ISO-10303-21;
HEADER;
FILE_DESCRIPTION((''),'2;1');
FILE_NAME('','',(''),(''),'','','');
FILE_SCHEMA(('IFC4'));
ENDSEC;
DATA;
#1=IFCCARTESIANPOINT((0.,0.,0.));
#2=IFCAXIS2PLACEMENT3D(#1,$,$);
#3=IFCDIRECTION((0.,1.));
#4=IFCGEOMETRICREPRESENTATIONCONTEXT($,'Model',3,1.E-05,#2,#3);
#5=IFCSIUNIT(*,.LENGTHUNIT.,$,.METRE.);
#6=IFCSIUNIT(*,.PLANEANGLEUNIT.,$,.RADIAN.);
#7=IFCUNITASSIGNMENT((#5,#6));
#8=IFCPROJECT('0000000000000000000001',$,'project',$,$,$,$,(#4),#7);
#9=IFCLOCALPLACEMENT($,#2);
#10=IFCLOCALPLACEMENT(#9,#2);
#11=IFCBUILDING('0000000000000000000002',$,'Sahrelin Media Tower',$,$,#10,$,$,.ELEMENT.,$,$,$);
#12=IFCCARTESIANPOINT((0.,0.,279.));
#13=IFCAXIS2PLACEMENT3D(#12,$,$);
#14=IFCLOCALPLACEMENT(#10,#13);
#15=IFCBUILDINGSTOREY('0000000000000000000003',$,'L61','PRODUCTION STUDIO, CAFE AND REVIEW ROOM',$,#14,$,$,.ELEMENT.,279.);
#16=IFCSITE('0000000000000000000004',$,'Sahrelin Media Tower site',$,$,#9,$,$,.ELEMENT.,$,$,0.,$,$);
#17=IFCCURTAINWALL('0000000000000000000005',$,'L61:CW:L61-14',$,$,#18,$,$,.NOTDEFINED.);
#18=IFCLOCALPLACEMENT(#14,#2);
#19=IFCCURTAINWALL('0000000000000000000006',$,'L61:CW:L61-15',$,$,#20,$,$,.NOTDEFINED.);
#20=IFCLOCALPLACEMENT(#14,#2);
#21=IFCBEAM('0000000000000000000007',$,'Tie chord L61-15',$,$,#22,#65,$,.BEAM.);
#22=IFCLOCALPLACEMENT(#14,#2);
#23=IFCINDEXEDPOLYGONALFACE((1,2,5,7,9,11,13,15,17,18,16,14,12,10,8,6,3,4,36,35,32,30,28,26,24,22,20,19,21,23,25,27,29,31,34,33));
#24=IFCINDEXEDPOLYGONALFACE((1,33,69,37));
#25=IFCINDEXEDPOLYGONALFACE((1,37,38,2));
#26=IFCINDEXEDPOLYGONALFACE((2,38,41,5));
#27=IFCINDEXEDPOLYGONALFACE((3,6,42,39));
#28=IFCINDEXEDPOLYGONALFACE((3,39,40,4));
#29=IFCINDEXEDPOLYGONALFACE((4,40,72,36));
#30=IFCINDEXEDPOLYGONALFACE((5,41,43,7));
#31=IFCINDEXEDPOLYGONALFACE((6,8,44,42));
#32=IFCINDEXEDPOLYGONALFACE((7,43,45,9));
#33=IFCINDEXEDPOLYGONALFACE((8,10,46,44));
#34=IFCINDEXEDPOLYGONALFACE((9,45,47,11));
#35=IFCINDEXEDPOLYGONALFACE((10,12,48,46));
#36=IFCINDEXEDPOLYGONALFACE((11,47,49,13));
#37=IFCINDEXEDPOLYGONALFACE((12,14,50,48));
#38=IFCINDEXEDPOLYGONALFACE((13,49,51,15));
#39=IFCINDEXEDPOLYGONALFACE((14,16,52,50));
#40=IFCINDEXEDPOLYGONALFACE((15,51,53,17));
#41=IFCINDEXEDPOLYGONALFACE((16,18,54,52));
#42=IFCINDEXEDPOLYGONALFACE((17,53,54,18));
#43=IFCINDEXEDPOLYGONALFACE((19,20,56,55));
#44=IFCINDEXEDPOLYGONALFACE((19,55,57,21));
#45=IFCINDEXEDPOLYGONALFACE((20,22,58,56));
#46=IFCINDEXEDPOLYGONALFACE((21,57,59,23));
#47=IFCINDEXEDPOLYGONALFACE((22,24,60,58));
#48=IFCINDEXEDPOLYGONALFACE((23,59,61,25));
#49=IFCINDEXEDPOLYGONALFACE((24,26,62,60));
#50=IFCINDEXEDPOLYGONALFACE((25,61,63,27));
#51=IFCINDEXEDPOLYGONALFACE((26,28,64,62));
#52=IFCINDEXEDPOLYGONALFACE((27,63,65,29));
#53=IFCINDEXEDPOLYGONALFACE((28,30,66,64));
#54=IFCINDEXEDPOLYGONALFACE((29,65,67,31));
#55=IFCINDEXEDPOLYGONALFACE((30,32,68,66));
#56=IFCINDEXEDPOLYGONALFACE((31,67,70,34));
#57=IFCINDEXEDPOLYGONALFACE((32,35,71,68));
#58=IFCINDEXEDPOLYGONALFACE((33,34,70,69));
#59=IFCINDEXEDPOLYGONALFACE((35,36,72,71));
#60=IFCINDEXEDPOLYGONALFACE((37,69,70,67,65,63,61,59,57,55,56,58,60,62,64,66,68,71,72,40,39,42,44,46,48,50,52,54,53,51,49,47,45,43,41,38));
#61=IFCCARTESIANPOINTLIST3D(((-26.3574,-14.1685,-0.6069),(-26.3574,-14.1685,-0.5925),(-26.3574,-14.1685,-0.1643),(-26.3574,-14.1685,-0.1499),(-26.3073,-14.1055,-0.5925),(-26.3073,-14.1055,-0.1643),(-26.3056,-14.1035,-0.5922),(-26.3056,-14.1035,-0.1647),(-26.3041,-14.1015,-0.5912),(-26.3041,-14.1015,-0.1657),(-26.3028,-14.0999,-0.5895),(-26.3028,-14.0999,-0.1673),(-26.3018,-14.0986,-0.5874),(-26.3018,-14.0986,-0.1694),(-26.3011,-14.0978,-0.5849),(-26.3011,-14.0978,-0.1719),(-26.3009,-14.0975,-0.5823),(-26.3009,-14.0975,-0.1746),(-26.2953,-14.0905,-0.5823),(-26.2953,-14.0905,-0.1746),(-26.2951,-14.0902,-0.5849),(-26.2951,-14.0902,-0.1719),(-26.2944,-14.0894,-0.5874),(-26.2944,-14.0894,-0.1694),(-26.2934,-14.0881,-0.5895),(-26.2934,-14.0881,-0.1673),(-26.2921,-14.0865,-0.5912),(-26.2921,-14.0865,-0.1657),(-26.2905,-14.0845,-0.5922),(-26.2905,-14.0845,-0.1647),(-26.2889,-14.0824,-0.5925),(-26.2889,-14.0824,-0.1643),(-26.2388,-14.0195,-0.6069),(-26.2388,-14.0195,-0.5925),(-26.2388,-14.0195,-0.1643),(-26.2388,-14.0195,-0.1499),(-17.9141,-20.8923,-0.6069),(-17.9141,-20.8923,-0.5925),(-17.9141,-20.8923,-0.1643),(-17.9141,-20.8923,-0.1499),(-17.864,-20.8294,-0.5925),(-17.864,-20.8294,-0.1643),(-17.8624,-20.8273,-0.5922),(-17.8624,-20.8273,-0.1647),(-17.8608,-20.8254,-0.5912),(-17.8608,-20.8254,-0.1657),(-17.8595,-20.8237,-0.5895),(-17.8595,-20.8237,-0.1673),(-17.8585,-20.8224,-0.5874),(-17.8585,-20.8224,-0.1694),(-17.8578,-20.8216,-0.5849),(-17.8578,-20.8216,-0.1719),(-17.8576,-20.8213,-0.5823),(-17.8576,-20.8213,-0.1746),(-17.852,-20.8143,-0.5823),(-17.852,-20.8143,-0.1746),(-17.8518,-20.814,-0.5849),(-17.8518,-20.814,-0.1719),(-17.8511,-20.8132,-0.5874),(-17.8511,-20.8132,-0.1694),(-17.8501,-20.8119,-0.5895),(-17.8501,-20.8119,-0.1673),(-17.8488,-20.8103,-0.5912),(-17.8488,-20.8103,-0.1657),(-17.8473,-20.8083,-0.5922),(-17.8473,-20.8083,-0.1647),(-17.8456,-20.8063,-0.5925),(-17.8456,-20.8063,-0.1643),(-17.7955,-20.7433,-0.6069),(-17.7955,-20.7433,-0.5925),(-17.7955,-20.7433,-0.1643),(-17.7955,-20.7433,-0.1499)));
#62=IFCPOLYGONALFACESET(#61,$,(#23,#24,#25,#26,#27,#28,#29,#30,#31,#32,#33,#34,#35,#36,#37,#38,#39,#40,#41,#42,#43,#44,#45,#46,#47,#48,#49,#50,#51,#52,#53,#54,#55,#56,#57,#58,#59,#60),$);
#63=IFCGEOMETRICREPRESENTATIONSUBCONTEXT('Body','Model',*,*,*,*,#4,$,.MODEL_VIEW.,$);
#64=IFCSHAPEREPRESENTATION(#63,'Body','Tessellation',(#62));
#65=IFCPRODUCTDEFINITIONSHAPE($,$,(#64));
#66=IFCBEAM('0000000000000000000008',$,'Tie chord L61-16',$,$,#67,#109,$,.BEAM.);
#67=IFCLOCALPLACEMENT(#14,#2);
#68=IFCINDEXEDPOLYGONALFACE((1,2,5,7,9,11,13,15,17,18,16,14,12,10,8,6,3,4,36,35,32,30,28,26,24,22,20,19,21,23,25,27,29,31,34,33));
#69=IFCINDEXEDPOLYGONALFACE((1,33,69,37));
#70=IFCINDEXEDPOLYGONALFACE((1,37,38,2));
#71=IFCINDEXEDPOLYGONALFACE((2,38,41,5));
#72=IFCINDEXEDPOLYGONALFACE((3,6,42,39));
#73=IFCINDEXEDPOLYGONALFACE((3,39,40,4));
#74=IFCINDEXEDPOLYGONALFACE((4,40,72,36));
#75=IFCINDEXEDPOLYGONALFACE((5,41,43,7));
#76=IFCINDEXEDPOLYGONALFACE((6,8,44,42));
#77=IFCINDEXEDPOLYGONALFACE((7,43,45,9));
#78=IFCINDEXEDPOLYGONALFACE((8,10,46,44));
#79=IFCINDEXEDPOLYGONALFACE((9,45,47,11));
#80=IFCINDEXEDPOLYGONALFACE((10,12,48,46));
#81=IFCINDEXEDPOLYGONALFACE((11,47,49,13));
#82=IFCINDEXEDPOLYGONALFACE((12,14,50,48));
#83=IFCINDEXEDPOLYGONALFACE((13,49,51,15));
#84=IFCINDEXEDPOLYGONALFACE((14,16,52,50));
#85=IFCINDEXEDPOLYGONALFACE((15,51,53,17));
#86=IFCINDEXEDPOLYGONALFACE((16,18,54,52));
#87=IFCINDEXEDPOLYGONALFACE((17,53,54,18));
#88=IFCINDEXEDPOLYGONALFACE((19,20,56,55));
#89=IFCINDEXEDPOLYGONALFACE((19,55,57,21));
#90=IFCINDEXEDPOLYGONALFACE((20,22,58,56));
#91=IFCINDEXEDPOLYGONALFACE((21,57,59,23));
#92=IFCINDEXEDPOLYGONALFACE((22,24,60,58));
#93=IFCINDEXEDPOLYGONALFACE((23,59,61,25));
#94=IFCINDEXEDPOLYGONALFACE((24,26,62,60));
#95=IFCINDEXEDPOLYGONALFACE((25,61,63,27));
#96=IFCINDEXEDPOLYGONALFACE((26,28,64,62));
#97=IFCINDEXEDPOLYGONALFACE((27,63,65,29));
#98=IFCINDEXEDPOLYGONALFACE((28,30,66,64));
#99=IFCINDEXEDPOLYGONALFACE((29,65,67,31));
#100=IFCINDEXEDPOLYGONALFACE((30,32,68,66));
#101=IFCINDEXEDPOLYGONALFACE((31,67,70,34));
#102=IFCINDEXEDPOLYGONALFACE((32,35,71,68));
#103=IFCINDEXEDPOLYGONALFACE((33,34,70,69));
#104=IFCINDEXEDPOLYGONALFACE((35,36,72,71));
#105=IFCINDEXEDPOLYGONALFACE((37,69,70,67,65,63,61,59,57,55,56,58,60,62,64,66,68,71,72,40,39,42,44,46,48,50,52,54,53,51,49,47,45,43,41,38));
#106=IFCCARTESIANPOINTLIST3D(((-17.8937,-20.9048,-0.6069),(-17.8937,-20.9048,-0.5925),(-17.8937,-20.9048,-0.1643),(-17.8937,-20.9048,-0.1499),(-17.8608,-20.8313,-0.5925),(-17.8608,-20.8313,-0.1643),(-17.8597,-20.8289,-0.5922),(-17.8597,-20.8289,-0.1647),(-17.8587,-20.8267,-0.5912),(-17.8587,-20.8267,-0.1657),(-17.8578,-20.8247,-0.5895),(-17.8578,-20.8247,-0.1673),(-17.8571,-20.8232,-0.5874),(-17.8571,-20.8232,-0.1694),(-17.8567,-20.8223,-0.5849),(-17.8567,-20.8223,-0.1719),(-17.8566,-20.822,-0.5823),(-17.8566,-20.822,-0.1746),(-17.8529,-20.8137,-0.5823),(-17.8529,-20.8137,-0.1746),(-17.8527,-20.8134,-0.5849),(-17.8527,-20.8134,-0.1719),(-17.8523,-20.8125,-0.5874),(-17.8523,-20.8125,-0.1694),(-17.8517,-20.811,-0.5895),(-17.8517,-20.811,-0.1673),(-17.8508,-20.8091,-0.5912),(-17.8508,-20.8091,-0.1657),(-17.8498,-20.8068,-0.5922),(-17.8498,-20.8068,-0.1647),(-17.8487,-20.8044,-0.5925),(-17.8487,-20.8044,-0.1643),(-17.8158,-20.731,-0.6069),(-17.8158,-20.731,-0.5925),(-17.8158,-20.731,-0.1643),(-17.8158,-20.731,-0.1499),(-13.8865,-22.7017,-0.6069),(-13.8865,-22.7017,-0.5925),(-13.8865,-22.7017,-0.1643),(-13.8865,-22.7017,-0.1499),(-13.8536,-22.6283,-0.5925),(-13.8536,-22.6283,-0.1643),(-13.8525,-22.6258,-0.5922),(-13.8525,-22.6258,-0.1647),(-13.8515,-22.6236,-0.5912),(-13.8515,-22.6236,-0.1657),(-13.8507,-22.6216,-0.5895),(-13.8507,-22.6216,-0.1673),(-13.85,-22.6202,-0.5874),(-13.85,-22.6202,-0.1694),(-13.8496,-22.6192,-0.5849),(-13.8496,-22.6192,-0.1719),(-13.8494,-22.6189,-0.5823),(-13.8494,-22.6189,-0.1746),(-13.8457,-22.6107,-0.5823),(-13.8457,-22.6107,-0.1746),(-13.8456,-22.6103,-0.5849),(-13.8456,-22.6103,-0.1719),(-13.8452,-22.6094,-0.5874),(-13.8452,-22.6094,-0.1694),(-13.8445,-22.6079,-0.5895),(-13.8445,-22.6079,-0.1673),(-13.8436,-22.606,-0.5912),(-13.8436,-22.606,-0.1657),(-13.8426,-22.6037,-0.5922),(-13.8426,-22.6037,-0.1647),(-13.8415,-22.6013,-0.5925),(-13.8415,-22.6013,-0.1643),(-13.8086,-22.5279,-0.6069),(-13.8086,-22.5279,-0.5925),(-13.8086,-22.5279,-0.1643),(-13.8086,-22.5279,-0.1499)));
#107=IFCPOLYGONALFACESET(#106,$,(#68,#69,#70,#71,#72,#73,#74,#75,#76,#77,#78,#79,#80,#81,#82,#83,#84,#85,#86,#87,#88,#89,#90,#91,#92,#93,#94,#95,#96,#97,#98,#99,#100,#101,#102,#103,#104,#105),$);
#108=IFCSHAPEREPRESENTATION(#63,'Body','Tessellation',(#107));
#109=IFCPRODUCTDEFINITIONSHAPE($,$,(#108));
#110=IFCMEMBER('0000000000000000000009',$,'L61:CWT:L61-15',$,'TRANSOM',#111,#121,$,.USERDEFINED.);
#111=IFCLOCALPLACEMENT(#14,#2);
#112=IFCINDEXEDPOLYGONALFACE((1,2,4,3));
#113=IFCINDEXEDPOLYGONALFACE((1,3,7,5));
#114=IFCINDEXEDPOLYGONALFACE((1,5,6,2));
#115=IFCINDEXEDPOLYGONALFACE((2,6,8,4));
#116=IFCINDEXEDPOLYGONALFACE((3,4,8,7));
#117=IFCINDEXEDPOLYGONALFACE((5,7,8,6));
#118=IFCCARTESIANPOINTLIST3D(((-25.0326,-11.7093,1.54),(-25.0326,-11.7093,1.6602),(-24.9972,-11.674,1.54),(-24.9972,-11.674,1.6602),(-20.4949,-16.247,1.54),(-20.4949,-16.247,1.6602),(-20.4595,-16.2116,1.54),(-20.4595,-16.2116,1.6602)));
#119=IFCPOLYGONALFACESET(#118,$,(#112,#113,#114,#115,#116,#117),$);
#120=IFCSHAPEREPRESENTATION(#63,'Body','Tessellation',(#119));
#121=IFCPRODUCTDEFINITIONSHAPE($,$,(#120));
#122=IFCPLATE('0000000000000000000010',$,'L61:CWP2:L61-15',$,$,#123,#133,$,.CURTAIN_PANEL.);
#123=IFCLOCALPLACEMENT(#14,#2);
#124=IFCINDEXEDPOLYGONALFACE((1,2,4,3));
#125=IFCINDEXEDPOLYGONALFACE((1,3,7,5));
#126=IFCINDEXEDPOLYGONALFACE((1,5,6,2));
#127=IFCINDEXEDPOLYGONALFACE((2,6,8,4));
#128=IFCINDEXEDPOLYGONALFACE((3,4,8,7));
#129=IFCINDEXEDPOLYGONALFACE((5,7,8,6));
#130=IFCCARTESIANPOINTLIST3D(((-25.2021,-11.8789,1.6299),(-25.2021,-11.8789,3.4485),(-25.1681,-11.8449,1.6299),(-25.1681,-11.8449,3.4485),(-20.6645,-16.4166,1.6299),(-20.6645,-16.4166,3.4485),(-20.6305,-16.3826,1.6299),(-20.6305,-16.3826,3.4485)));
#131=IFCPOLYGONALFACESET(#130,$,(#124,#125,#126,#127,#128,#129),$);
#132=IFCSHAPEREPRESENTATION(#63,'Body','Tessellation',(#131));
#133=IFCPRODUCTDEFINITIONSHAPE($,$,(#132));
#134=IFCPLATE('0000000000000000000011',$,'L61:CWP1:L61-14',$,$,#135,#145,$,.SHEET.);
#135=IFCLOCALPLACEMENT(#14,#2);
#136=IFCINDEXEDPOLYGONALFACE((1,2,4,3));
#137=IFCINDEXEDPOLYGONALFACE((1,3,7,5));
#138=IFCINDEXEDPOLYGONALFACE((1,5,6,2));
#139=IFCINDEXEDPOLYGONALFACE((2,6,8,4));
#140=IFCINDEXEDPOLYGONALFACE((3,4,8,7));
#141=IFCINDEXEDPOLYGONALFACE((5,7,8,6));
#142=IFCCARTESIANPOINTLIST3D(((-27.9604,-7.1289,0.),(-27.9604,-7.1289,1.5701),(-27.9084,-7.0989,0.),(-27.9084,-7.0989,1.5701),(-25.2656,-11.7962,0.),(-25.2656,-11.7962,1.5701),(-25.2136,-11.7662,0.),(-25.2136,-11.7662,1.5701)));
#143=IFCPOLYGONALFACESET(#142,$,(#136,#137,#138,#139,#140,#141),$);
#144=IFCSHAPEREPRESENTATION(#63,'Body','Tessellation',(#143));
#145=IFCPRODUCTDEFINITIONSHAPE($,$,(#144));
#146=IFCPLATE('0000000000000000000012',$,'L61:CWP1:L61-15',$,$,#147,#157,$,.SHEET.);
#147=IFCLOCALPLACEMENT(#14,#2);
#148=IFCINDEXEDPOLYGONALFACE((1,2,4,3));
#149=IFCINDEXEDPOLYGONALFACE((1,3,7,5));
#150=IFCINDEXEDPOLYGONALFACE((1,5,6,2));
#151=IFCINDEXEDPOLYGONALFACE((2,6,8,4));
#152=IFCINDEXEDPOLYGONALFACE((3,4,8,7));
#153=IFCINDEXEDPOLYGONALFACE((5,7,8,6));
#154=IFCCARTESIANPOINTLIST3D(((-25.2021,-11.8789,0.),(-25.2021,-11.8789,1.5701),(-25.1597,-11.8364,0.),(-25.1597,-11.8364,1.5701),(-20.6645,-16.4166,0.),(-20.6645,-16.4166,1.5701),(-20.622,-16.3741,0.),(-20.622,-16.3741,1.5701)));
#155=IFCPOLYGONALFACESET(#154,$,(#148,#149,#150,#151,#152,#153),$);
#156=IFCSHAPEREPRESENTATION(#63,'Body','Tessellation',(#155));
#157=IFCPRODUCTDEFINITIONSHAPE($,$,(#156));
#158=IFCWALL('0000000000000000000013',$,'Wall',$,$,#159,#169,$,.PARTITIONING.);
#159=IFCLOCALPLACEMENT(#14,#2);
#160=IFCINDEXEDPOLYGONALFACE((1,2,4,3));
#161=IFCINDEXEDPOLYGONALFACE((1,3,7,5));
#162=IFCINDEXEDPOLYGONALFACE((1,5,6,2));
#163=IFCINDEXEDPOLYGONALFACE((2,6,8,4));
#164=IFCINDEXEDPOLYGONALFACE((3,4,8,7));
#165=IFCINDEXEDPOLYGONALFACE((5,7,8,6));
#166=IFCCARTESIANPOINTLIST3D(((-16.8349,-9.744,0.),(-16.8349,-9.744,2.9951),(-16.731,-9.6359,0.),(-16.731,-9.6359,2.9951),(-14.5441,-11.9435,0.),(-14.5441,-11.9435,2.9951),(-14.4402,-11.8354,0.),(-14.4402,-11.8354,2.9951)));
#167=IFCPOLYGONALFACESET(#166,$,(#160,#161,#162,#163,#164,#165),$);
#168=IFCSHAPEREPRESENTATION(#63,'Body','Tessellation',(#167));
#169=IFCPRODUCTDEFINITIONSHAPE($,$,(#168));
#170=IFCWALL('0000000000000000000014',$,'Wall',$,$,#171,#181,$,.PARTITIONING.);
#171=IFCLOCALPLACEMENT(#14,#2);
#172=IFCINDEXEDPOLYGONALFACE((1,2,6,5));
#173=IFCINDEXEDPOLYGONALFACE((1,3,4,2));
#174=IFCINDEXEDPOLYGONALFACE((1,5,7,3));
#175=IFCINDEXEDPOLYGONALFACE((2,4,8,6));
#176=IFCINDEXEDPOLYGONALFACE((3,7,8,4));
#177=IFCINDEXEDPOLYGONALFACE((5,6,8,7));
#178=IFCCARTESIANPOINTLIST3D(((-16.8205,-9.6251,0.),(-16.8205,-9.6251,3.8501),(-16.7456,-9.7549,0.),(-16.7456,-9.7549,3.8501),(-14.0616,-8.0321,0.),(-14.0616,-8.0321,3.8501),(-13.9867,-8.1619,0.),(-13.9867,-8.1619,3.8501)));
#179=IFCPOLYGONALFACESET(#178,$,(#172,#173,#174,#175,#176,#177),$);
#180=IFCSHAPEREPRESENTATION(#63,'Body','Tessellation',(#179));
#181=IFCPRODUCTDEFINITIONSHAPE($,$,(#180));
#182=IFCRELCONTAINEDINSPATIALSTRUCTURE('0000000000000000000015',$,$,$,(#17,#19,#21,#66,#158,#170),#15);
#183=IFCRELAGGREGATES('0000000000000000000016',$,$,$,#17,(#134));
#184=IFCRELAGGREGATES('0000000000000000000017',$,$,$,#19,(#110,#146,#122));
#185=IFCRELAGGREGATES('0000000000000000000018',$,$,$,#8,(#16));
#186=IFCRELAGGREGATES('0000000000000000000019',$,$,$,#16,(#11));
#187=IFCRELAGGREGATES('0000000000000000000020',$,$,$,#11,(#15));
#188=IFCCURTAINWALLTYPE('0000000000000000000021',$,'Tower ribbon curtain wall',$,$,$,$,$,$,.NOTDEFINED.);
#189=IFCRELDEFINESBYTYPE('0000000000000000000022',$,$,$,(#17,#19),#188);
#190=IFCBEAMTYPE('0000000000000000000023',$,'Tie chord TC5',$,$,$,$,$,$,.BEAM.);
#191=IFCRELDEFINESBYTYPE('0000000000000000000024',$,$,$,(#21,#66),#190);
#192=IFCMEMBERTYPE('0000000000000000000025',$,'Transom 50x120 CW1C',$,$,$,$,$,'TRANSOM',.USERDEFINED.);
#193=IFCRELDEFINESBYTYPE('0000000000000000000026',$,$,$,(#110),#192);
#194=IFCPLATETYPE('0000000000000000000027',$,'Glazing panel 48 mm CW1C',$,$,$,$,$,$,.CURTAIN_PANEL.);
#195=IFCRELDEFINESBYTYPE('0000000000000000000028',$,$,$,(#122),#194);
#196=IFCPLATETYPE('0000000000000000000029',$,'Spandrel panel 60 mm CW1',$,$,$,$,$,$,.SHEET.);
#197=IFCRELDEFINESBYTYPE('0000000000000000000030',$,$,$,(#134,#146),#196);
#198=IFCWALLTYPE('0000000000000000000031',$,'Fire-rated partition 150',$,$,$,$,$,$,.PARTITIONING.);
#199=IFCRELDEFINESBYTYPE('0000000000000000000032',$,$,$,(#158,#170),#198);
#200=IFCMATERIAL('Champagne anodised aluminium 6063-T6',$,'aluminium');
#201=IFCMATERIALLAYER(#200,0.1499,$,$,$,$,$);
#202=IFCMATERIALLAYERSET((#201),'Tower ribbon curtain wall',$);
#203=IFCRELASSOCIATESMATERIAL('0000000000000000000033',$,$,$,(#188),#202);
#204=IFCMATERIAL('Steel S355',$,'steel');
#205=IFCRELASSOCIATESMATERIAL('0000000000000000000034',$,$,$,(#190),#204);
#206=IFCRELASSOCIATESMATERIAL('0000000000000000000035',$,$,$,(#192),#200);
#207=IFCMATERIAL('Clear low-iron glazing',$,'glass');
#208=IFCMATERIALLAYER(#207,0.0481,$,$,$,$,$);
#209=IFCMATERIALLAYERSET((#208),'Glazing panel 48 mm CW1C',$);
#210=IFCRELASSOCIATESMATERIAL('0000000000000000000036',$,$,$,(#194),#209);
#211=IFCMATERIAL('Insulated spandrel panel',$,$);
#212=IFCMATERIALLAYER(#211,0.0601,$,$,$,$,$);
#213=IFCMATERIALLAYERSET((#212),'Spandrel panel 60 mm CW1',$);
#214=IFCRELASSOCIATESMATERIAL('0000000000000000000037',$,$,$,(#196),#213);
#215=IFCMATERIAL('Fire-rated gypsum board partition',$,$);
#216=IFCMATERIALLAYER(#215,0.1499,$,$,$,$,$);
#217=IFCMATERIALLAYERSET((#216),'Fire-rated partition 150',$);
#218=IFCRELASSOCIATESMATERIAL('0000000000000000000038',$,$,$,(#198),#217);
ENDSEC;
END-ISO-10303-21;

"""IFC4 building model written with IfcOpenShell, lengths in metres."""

from ifc_helpers import new_model, si_unit, direction, frame, frame_2d, origin, origin_2d, place, context, subcontext, project, spatial, polyline, rectangle, i_section, outline, extrude, material, layer, layer_set, material_profile, profile_set, type_object, element, aggregate, save


model = new_model("IFC4")

# Units and contexts
model_context = context("Model", 3, precision=1e-05, world=origin(), true_north=direction((0.0, 1.0)))
body_context = subcontext(model_context, "Body", "Model", "MODEL_VIEW")
ifc_project = project(units=[si_unit("LENGTHUNIT", "METRE"), si_unit("PLANEANGLEUNIT", "RADIAN")], contexts=[model_context])

# Site, building, storey
site_placement = place(None, origin())
site = spatial("IfcSite", under=ifc_project, at=site_placement, Name="Sahrelin Media Tower site", CompositionType="ELEMENT", RefElevation=0.0)
building_placement = place(site_placement, origin())
building = spatial("IfcBuilding", under=site, at=building_placement, Name="Sahrelin Media Tower", CompositionType="ELEMENT")
storey_placement = place(building_placement, frame((0.0, 0.0, 279.0)))
storey = spatial("IfcBuildingStorey", under=building, at=storey_placement, Name="L61", Description="PRODUCTION STUDIO, CAFE AND REVIEW ROOM", CompositionType="ELEMENT", Elevation=279.0)

# Shared definitions
ifc_material_1 = material(Name="Steel S355", Category="steel")

# Curtain walls
ifc_material_2 = material(Name="Champagne anodised aluminium 6063-T6", Category="aluminium")
ifc_layer_1 = layer(ifc_material_2, 0.1499)
ifc_layer_set_1 = layer_set([ifc_layer_1], Name="Tower ribbon curtain wall")
curtain_wall_type = type_object("IfcCurtainWallType", Name="Tower ribbon curtain wall", PredefinedType="NOTDEFINED", material=ifc_layer_set_1)
curtain_wall_1_placement = place(storey_placement, frame((-26.5957, -9.4524, 0.0), z_axis=(0.0, 0.0, 1.0), x_axis=(1.0, 0.0, 0.0)))
curtain_wall_1 = element("IfcCurtainWall", 1, at=curtain_wall_1_placement, inside=storey, type_object=curtain_wall_type, Name="L61:CW:L61-14", PredefinedType="NOTDEFINED")
curtain_wall_2_placement = place(storey_placement, frame((-22.9192, -14.1335, 0.0), z_axis=(0.0, 0.0, 1.0), x_axis=(1.0, 0.0, 0.0)))
curtain_wall_2 = element("IfcCurtainWall", 2, at=curtain_wall_2_placement, inside=storey, type_object=curtain_wall_type, Name="L61:CW:L61-15", PredefinedType="NOTDEFINED")

# Beams
ifc_material_profile_1 = material_profile(ifc_material_1, i_section(OverallWidth=0.1904, OverallDepth=0.457, WebThickness=0.009, FlangeThickness=0.0144, FilletRadius=0.0103, at=origin_2d()), Name="UB 457x191x74")
ifc_profile_set_1 = profile_set([ifc_material_profile_1], Name="Steel S355")
beam_type_1 = type_object("IfcBeamType", Name="Tie chord TC5", PredefinedType="BEAM", material=ifc_profile_set_1)
beam_1_placement = place(storey_placement, frame((-26.2981, -14.094, -0.3784), z_axis=(0.782259, -0.622953, 0.0), x_axis=(0.622953, 0.782259, 0.0)))
element("IfcBeam", 3, at=beam_1_placement, inside=storey, type_object=beam_type_1, Name="Tie chord L61-15", PredefinedType="BEAM", context=body_context, shape_type="SweptSolid", body=[
    extrude(i_section(OverallWidth=0.1904, OverallDepth=0.457, WebThickness=0.009, FlangeThickness=0.0144, FilletRadius=0.0103, at=origin_2d()), origin(), (0.0, 0.0, 1.0), 10.7935),
])
beam_2_placement = place(storey_placement, frame((-17.8547, -20.8179, -0.3784), z_axis=(0.912459, -0.409169, 0.0), x_axis=(0.409169, 0.912459, 0.0)))
element("IfcBeam", 4, at=beam_2_placement, inside=storey, type_object=beam_type_1, Name="Tie chord L61-16", PredefinedType="BEAM", context=body_context, shape_type="SweptSolid", body=[
    extrude(i_section(OverallWidth=0.1904, OverallDepth=0.457, WebThickness=0.009, FlangeThickness=0.0144, FilletRadius=0.0103, at=origin_2d()), origin(), (0.0, 0.0, 1.0), 4.3916),
])

# Member
ifc_material_profile_2 = material_profile(ifc_material_2, rectangle(XDim=0.05, YDim=0.1201, at=origin_2d()), Name="Transom 50x120")
ifc_profile_set_2 = profile_set([ifc_material_profile_2], Name="Champagne anodised aluminium 6063-T6")
member_type_1 = type_object("IfcMemberType", Name="Transom 50x120 CW1C", ElementType="TRANSOM", PredefinedType="USERDEFINED", material=ifc_profile_set_2)
member_1_placement = place(storey_placement, frame((-25.0149, -11.6917, 1.6001), z_axis=(0.707107, -0.707107, 0.0), x_axis=(0.707107, 0.707107, 0.0)))
member_1 = element("IfcMember", 5, at=member_1_placement, type_object=member_type_1, Name="L61:CWT:L61-15", ObjectType="TRANSOM", PredefinedType="USERDEFINED", context=body_context, shape_type="SweptSolid", body=[
    extrude(rectangle(XDim=0.05, YDim=0.1201, at=origin_2d()), origin(), (0.0, 0.0, 1.0), 6.4172),
])

# Plates
ifc_material_3 = material(Name="Clear low-iron glazing", Category="glass")
ifc_layer_2 = layer(ifc_material_3, 0.0481)
ifc_layer_set_2 = layer_set([ifc_layer_2], Name="Glazing panel 48 mm CW1C")
plate_type_1 = type_object("IfcPlateType", Name="Glazing panel 48 mm CW1C", PredefinedType="CURTAIN_PANEL", material=ifc_layer_set_2)
plate_1_placement = place(storey_placement, frame((-25.2021, -11.8789, 1.6299), z_axis=(-0.707107, -0.707107, 0.0), x_axis=(0.707107, -0.707107, 0.0)))
plate_1 = element("IfcPlate", 6, at=plate_1_placement, type_object=plate_type_1, Name="L61:CWP2:L61-15", PredefinedType="CURTAIN_PANEL", context=body_context, shape_type="SweptSolid", body=[
    extrude(outline(polyline([(0.0, 0.0), (6.4172, 0.0), (6.4172, 1.8186), (0.0, 1.8186), (0.0, 0.0)])), origin(), (0.0, 0.0, -1.0), 0.0481),
])
ifc_material_4 = material(Name="Insulated spandrel panel")
ifc_layer_3 = layer(ifc_material_4, 0.0601)
ifc_layer_set_3 = layer_set([ifc_layer_3], Name="Spandrel panel 60 mm CW1")
plate_type_2 = type_object("IfcPlateType", Name="Spandrel panel 60 mm CW1", PredefinedType="SHEET", material=ifc_layer_set_3)
plate_2_placement = place(storey_placement, frame((-27.9604, -7.1289, 0.0), z_axis=(-0.86601, -0.500027, 0.0), x_axis=(0.500027, -0.86601, 0.0)))
plate_2 = element("IfcPlate", 7, at=plate_2_placement, type_object=plate_type_2, Name="L61:CWP1:L61-14", PredefinedType="SHEET", context=body_context, shape_type="SweptSolid", body=[
    extrude(outline(polyline([(0.0, 0.0), (5.3894, 0.0), (5.3894, 1.5701), (0.0, 1.5701), (0.0, 0.0)])), origin(), (0.0, 0.0, -1.0), 0.0601),
])
aggregate(curtain_wall_1, [plate_2])
plate_3_placement = place(storey_placement, frame((-25.2021, -11.8789, 0.0), z_axis=(-0.707107, -0.707107, 0.0), x_axis=(0.707107, -0.707107, 0.0)))
plate_3 = element("IfcPlate", 8, at=plate_3_placement, type_object=plate_type_2, Name="L61:CWP1:L61-15", PredefinedType="SHEET", context=body_context, shape_type="SweptSolid", body=[
    extrude(outline(polyline([(0.0, 0.0), (6.4172, 0.0), (6.4172, 1.5701), (0.0, 1.5701), (0.0, 0.0)])), origin(), (0.0, 0.0, -1.0), 0.0601),
])
aggregate(curtain_wall_2, [member_1, plate_3, plate_1])

# Walls
ifc_material_5 = material(Name="Fire-rated gypsum board partition")
ifc_layer_4 = layer(ifc_material_5, 0.1499)
ifc_layer_set_4 = layer_set([ifc_layer_4], Name="Fire-rated partition 150")
wall_type_1 = type_object("IfcWallType", Name="Fire-rated partition 150", PredefinedType="PARTITIONING", material=ifc_layer_set_4)
wall_1_placement = place(storey_placement, frame((-16.783, -9.6899, 0.0), z_axis=(0.0, 0.0, 1.0), x_axis=(0.721337, -0.692585, 0.0)))
element("IfcWall", 9, at=wall_1_placement, inside=storey, type_object=wall_type_1, Name="Wall", PredefinedType="PARTITIONING", context=body_context, shape_type="SweptSolid", body=[
    extrude(rectangle(XDim=3.1758, YDim=0.1499, at=frame_2d((1.5879, 0.0))), origin(), (0.0, 0.0, 1.0), 2.9951),
])
wall_2_placement = place(storey_placement, frame((-16.783, -9.6899, 0.0), z_axis=(0.0, 0.0, 1.0), x_axis=(0.866013, 0.500021, 0.0)))
element("IfcWall", 10, at=wall_2_placement, inside=storey, type_object=wall_type_1, Name="Wall", PredefinedType="PARTITIONING", context=body_context, shape_type="SweptSolid", body=[
    extrude(rectangle(XDim=3.1858, YDim=0.1499, at=frame_2d((1.5928, 0.0))), origin(), (0.0, 0.0, 1.0), 3.8501),
])

save(model, "model.ifc")
